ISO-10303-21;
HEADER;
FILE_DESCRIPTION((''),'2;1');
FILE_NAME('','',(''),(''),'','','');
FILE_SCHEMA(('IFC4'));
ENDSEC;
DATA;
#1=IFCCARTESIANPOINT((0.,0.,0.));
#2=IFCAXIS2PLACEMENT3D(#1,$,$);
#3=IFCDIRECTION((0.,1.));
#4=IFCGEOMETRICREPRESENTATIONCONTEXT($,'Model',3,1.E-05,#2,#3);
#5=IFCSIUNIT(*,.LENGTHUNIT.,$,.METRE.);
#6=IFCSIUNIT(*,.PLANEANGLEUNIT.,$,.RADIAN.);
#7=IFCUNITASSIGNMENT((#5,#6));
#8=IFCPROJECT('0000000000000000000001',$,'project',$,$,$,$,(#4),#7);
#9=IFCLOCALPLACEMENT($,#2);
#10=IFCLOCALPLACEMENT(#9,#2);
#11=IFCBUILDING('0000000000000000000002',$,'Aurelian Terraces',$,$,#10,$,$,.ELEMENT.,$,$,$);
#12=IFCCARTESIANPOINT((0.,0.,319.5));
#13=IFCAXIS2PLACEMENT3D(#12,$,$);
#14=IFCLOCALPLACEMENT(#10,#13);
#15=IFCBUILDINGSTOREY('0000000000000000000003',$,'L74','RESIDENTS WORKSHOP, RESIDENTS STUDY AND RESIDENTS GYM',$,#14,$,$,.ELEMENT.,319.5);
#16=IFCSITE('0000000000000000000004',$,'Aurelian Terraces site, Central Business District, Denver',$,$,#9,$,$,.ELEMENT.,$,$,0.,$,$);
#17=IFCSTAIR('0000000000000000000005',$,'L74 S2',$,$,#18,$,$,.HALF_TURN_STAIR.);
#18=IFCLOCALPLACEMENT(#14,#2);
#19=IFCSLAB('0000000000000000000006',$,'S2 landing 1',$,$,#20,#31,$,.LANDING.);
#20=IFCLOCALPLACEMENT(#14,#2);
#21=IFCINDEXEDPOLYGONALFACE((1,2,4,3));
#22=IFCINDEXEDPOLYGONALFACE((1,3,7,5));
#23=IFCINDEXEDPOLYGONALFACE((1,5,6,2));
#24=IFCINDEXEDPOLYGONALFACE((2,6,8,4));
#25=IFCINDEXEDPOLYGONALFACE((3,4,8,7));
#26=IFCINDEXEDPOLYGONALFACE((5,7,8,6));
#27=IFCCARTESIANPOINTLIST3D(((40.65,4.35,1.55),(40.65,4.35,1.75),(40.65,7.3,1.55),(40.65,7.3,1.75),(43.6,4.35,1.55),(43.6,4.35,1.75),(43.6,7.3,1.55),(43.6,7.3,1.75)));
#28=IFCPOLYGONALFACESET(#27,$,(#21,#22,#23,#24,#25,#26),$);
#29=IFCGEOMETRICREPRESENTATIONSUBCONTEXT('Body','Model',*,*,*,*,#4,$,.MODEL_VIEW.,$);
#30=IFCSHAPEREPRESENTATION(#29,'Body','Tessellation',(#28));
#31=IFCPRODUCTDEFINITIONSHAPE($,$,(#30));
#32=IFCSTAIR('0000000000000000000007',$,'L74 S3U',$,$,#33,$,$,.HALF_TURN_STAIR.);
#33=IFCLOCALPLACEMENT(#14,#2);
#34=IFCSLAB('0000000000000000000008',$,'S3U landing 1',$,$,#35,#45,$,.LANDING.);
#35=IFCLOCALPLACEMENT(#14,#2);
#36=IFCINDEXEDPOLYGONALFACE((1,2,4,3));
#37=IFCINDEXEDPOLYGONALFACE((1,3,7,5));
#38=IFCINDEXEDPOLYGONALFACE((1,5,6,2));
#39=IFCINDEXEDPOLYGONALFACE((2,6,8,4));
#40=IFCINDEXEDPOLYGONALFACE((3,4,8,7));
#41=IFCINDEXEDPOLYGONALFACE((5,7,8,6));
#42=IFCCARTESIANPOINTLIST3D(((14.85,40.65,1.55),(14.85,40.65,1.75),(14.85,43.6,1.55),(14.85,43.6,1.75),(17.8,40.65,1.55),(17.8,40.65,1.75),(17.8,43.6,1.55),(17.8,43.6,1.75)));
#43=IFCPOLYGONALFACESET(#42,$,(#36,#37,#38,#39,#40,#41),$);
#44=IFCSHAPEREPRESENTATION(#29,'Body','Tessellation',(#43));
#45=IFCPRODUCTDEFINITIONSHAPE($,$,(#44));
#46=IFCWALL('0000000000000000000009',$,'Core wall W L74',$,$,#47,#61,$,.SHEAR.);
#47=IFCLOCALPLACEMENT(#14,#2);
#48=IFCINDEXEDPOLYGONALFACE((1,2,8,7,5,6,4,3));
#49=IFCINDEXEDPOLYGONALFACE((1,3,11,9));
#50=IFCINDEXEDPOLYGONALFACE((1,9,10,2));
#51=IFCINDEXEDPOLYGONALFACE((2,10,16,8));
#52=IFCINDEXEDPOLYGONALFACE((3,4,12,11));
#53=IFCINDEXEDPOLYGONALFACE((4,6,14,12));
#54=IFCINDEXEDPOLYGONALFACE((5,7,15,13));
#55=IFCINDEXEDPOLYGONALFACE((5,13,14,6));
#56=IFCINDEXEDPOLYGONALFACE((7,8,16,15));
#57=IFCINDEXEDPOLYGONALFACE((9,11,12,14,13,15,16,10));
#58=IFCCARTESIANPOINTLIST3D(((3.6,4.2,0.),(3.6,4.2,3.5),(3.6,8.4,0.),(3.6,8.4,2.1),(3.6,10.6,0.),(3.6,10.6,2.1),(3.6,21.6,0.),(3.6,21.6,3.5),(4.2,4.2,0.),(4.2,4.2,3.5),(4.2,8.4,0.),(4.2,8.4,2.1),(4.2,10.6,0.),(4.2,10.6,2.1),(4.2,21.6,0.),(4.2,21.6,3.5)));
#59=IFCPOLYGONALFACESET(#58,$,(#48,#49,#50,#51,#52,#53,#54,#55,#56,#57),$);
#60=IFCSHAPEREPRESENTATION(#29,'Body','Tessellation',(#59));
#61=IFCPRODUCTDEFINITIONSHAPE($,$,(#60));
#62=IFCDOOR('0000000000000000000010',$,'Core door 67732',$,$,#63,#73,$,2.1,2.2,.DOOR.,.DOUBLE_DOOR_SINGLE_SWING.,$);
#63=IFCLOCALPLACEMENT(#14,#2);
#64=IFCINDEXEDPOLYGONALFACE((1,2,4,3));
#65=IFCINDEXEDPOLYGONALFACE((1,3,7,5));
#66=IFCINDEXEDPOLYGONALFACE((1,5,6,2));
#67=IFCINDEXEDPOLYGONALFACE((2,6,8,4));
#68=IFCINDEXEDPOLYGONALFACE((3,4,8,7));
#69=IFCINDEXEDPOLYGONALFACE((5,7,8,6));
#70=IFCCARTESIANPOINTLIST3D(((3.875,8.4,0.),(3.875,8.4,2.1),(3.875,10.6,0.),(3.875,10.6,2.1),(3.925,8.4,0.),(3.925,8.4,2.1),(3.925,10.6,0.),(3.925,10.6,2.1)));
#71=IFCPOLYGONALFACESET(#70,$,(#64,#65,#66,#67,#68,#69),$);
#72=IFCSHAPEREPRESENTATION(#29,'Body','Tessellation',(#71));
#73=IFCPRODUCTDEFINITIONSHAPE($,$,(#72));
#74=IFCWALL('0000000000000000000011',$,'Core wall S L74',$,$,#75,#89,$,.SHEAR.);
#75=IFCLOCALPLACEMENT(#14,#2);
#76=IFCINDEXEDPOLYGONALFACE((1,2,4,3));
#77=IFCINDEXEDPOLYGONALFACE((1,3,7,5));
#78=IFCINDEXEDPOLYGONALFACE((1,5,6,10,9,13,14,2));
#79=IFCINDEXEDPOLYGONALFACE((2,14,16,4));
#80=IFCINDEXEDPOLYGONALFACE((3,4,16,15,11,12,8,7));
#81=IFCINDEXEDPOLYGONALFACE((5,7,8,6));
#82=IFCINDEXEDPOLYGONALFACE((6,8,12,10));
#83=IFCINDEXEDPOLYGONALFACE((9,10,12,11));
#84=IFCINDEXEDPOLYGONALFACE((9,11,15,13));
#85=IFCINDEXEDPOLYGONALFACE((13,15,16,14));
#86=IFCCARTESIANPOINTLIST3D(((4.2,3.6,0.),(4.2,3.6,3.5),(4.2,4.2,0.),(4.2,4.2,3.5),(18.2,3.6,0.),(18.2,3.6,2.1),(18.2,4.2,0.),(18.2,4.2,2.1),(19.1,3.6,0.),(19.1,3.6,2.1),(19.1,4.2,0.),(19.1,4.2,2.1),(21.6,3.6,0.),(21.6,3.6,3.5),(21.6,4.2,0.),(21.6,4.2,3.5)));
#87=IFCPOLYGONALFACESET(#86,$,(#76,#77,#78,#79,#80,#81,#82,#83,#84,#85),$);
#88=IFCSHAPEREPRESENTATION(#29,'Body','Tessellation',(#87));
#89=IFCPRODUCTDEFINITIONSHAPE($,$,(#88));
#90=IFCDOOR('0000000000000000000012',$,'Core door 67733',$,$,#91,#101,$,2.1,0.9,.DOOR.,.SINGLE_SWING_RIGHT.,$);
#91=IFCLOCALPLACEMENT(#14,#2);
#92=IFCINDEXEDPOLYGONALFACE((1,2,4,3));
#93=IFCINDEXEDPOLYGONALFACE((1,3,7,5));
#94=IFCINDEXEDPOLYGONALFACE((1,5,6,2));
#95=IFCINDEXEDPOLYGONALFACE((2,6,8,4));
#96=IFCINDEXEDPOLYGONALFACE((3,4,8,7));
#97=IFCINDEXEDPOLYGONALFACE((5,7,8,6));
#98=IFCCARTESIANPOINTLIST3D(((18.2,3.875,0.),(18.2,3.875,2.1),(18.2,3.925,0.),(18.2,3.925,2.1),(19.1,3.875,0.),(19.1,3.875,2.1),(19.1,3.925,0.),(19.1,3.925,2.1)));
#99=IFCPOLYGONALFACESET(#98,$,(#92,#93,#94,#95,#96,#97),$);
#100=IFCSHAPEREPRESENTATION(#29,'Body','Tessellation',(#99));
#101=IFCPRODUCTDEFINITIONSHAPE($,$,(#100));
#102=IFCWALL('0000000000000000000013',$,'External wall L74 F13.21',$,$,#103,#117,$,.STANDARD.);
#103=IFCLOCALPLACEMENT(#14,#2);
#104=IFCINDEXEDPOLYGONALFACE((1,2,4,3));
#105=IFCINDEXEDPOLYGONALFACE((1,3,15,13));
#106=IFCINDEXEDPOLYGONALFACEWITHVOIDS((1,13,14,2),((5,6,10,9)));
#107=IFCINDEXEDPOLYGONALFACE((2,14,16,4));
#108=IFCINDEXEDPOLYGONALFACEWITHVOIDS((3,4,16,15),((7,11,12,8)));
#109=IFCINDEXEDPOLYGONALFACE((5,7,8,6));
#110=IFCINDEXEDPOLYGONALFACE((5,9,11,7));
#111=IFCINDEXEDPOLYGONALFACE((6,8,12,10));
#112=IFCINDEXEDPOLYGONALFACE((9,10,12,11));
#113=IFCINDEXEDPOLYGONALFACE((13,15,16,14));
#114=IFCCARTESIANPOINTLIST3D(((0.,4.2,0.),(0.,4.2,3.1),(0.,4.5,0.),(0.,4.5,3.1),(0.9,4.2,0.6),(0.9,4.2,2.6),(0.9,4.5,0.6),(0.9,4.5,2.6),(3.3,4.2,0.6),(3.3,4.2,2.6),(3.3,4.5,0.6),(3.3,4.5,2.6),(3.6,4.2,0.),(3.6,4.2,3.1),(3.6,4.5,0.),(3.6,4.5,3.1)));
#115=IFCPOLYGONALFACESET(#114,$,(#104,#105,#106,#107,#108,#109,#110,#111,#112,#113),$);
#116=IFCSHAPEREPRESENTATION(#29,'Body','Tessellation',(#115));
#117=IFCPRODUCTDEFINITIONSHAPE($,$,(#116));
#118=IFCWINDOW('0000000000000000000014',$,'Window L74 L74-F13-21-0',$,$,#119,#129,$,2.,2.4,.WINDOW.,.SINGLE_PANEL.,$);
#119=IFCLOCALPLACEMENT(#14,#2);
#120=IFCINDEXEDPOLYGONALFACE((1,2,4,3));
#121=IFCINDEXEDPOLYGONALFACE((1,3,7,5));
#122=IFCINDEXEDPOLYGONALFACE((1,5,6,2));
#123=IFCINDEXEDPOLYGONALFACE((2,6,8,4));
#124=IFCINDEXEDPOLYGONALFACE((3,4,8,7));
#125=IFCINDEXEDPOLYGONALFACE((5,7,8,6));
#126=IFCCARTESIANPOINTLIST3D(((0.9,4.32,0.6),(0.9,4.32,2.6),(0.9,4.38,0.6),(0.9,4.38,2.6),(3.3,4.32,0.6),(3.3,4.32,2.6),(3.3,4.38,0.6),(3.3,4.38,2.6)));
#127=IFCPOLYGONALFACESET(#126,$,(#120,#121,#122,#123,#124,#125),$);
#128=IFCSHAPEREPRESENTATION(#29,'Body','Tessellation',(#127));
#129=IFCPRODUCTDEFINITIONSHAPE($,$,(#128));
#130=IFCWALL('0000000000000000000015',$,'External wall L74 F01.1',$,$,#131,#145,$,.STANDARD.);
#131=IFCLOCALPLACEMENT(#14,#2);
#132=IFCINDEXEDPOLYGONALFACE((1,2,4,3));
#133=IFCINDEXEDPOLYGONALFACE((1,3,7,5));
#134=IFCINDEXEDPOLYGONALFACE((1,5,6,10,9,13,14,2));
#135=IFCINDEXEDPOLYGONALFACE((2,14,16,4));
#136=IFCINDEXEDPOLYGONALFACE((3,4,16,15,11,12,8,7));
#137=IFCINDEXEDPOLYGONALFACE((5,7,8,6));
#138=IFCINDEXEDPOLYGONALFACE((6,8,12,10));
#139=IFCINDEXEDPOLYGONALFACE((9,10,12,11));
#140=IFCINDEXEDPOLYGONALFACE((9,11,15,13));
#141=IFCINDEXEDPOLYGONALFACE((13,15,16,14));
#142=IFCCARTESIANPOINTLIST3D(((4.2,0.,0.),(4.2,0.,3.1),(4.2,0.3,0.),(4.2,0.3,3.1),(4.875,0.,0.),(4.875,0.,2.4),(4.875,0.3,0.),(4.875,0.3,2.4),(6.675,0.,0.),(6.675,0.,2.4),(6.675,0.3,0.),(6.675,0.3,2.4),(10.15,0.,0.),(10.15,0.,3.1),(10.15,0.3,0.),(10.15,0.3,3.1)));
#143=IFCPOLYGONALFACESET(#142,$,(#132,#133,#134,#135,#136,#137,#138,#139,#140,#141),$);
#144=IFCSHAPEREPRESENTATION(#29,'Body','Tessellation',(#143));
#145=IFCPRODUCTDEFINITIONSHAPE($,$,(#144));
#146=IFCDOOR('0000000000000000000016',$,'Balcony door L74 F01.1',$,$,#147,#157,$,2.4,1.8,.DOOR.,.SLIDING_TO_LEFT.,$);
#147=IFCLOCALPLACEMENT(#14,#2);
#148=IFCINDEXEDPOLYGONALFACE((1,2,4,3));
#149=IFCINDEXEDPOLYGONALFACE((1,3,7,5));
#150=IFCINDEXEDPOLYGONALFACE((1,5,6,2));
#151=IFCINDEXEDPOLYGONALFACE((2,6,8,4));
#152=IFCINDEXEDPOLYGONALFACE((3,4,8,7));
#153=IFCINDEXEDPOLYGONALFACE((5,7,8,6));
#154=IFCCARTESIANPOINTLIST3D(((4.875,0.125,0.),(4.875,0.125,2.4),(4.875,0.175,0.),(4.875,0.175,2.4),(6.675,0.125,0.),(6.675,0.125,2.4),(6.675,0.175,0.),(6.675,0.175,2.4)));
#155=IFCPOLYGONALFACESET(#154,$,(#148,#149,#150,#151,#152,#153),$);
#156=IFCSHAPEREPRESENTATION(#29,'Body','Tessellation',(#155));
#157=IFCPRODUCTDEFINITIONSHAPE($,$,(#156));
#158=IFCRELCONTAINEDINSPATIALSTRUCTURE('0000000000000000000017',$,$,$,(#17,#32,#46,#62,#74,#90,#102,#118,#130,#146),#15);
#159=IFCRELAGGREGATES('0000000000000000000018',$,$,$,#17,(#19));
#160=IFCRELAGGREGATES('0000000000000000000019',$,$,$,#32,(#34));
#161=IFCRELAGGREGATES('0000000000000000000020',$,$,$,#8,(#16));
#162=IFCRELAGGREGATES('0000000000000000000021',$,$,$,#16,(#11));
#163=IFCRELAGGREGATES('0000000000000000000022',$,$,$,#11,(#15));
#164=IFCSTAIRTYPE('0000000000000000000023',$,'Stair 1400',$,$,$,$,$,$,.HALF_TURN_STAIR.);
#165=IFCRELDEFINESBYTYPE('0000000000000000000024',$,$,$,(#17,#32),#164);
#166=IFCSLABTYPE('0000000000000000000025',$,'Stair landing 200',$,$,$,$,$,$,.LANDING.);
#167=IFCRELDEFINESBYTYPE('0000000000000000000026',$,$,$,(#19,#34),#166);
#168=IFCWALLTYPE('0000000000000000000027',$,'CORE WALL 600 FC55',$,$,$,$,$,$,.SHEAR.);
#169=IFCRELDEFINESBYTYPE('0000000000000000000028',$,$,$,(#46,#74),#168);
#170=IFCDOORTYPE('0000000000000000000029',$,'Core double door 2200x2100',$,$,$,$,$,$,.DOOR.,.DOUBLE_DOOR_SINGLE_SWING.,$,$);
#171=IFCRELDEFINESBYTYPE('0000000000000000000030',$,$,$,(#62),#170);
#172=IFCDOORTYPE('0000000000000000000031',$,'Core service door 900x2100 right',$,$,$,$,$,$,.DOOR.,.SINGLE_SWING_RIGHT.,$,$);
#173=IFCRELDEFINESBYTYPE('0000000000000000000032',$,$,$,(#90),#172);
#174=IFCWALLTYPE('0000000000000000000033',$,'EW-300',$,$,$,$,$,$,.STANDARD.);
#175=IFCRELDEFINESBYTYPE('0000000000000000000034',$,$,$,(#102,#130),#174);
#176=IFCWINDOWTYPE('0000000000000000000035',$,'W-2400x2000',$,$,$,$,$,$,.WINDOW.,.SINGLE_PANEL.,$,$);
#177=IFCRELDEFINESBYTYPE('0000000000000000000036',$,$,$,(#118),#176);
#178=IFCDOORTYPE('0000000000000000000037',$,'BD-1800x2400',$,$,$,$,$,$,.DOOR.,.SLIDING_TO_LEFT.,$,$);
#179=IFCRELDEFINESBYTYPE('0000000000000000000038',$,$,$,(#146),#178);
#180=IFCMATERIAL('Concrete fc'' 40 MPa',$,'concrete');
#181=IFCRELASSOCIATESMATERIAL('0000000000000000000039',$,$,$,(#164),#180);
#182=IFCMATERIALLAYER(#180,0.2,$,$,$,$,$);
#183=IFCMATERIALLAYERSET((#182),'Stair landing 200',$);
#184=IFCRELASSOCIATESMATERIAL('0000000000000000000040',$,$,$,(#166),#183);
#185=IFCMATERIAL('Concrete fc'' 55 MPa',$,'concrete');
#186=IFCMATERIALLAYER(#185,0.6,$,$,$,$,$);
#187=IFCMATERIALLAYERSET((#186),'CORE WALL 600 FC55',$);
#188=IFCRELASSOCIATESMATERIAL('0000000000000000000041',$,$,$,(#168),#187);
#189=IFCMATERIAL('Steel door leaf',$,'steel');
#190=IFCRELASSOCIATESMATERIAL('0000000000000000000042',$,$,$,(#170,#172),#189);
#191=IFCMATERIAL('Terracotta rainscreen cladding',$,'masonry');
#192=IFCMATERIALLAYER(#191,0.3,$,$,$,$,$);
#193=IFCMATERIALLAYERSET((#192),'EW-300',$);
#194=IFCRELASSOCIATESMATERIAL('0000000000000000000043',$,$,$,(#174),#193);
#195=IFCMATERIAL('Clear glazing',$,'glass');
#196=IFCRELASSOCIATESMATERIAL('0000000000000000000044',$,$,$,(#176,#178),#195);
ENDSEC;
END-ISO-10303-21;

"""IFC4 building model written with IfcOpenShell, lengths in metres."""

from ifc_helpers import new_model, si_unit, direction, frame, frame_2d, origin, place, context, subcontext, project, spatial, polyline, rectangle, outline, extrude, source, transform, mapped, material, layer, layer_set, type_object, element, fill, aggregate, save


model = new_model("IFC4")

# Units and contexts
model_context = context("Model", 3, precision=1e-05, world=origin(), true_north=direction((0.0, 1.0)))
body_context = subcontext(model_context, "Body", "Model", "MODEL_VIEW")
ifc_project = project(units=[si_unit("LENGTHUNIT", "METRE"), si_unit("PLANEANGLEUNIT", "RADIAN")], contexts=[model_context])

# Site, building, storey
site_placement = place(None, origin())
site = spatial("IfcSite", under=ifc_project, at=site_placement, Name="Aurelian Terraces site, Central Business District, Denver", CompositionType="ELEMENT", RefElevation=0.0)
building_placement = place(site_placement, origin())
building = spatial("IfcBuilding", under=site, at=building_placement, Name="Aurelian Terraces", CompositionType="ELEMENT")
storey_placement = place(building_placement, frame((0.0, 0.0, 319.5)))
storey = spatial("IfcBuildingStorey", under=building, at=storey_placement, Name="L74", Description="RESIDENTS WORKSHOP, RESIDENTS STUDY AND RESIDENTS GYM", CompositionType="ELEMENT", Elevation=319.5)

# Shared definitions
ifc_material_1 = material(Name="Concrete fc' 55 MPa", Category="concrete")

# Shared definitions
ifc_material_2 = material(Name="Concrete fc' 40 MPa", Category="concrete")

# Stairs, slabs
stair_type = type_object("IfcStairType", Name="Stair 1400", PredefinedType="HALF_TURN_STAIR", material=ifc_material_2)
ifc_layer_1 = layer(ifc_material_2, 0.2)
ifc_layer_set_1 = layer_set([ifc_layer_1], Name="Stair landing 200")
slab_type_1 = type_object("IfcSlabType", Name="Stair landing 200", PredefinedType="LANDING", material=ifc_layer_set_1)
stair_1_placement = place(storey_placement, origin())
stair_1 = element("IfcStair", 1, at=stair_1_placement, inside=storey, type_object=stair_type, Name="L74 S2", PredefinedType="HALF_TURN_STAIR")
shared_shape_1 = source(origin(), body_context, "Body", "SweptSolid", [
    extrude(outline(polyline([(43.6, 4.35), (43.6, 7.3), (40.65, 7.3), (40.65, 4.35), (43.6, 4.35)])), origin(), (0.0, 0.0, 1.0), 0.2),
])
slab_1_placement = place(storey_placement, frame((0.0, 0.0, 1.55)))
slab_1 = element("IfcSlab", 2, at=slab_1_placement, type_object=slab_type_1, Name="S2 landing 1", PredefinedType="LANDING", context=body_context, shape_type="MappedRepresentation", body=[
    mapped(shared_shape_1, transform((0.0, 0.0, 0.0), scale=1.0)),
])
aggregate(stair_1, [slab_1])
stair_2_placement = place(storey_placement, origin())
stair_2 = element("IfcStair", 3, at=stair_2_placement, inside=storey, type_object=stair_type, Name="L74 S3U", PredefinedType="HALF_TURN_STAIR")
shared_shape_2 = source(origin(), body_context, "Body", "SweptSolid", [
    extrude(outline(polyline([(14.85, 40.65), (17.8, 40.65), (17.8, 43.6), (14.85, 43.6), (14.85, 40.65)])), origin(), (0.0, 0.0, 1.0), 0.2),
])
slab_2_placement = place(storey_placement, frame((0.0, 0.0, 1.55)))
slab_2 = element("IfcSlab", 4, at=slab_2_placement, type_object=slab_type_1, Name="S3U landing 1", PredefinedType="LANDING", context=body_context, shape_type="MappedRepresentation", body=[
    mapped(shared_shape_2, transform((0.0, 0.0, 0.0), scale=1.0)),
])
aggregate(stair_2, [slab_2])

# Walls, openings, doors
ifc_layer_2 = layer(ifc_material_1, 0.6)
ifc_layer_set_2 = layer_set([ifc_layer_2], Name="CORE WALL 600 FC55")
wall_type_1 = type_object("IfcWallType", Name="CORE WALL 600 FC55", PredefinedType="SHEAR", material=ifc_layer_set_2)
shared_shape_3 = source(origin(), body_context, "Body", "SweptSolid", [
    extrude(rectangle(XDim=17.4, YDim=0.6, at=frame_2d((8.7, 0.0))), origin(), (0.0, 0.0, 1.0), 3.5),
])
wall_1_placement = place(storey_placement, frame((3.9, 4.2, 0.0), z_axis=(0.0, 0.0, 1.0), x_axis=(0.0, 1.0, 0.0)))
wall_1 = element("IfcWall", 5, at=wall_1_placement, inside=storey, type_object=wall_type_1, Name="Core wall W L74", PredefinedType="SHEAR", context=body_context, shape_type="MappedRepresentation", body=[
    mapped(shared_shape_3, transform((0.0, 0.0, 0.0), scale=1.0)),
])
shared_shape_4 = source(origin(), body_context, "Body", "SweptSolid", [
    extrude(rectangle(XDim=2.2, YDim=2.1, at=frame_2d((1.1, 1.05))), frame((0.0, 0.31, 0.0), z_axis=(0.0, -1.0, 0.0), x_axis=(1.0, 0.0, 0.0)), (0.0, 0.0, 1.0), 0.62),
])
opening_1_placement = place(wall_1_placement, frame((4.2, 0.0, 0.0)))
opening_1 = element("IfcOpeningElement", 6, at=opening_1_placement, cuts=wall_1, PredefinedType="OPENING", context=body_context, shape_type="MappedRepresentation", body=[
    mapped(shared_shape_4, transform((0.0, 0.0, 0.0), scale=1.0)),
])
ifc_material_3 = material(Name="Steel door leaf", Category="steel")
door_type_1 = type_object("IfcDoorType", Name="Core double door 2200x2100", OperationType="DOUBLE_DOOR_SINGLE_SWING", PredefinedType="DOOR", material=ifc_material_3)
shared_shape_5 = source(origin(), body_context, "Body", "SweptSolid", [
    extrude(rectangle(XDim=2.2, YDim=2.1, at=frame_2d((1.1, 1.05))), frame((0.0, 0.025, 0.0), z_axis=(0.0, -1.0, 0.0), x_axis=(1.0, 0.0, 0.0)), (0.0, 0.0, 1.0), 0.05),
])
door_1_placement = place(opening_1_placement, origin())
door_1 = element("IfcDoor", 7, at=door_1_placement, inside=storey, type_object=door_type_1, Name="Core door 67732", OperationType="DOUBLE_DOOR_SINGLE_SWING", OverallHeight=2.1, OverallWidth=2.2, PredefinedType="DOOR", context=body_context, shape_type="MappedRepresentation", body=[
    mapped(shared_shape_5, transform((0.0, 0.0, 0.0), scale=1.0)),
])
fill(opening_1, door_1)
wall_2_placement = place(storey_placement, frame((4.2, 3.9, 0.0), z_axis=(0.0, 0.0, 1.0), x_axis=(1.0, 0.0, 0.0)))
wall_2 = element("IfcWall", 8, at=wall_2_placement, inside=storey, type_object=wall_type_1, Name="Core wall S L74", PredefinedType="SHEAR", context=body_context, shape_type="MappedRepresentation", body=[
    mapped(shared_shape_3, transform((0.0, 0.0, 0.0), scale=1.0)),
])
shared_shape_6 = source(origin(), body_context, "Body", "SweptSolid", [
    extrude(rectangle(XDim=0.9, YDim=2.1, at=frame_2d((0.45, 1.05))), frame((0.0, 0.31, 0.0), z_axis=(0.0, -1.0, 0.0), x_axis=(1.0, 0.0, 0.0)), (0.0, 0.0, 1.0), 0.62),
])
opening_2_placement = place(wall_2_placement, frame((14.0, 0.0, 0.0)))
opening_2 = element("IfcOpeningElement", 9, at=opening_2_placement, cuts=wall_2, PredefinedType="OPENING", context=body_context, shape_type="MappedRepresentation", body=[
    mapped(shared_shape_6, transform((0.0, 0.0, 0.0), scale=1.0)),
])
door_type_2 = type_object("IfcDoorType", Name="Core service door 900x2100 right", OperationType="SINGLE_SWING_RIGHT", PredefinedType="DOOR", material=ifc_material_3)
shared_shape_7 = source(origin(), body_context, "Body", "SweptSolid", [
    extrude(rectangle(XDim=0.9, YDim=2.1, at=frame_2d((0.45, 1.05))), frame((0.0, 0.025, 0.0), z_axis=(0.0, -1.0, 0.0), x_axis=(1.0, 0.0, 0.0)), (0.0, 0.0, 1.0), 0.05),
])
door_2_placement = place(opening_2_placement, origin())
door_2 = element("IfcDoor", 10, at=door_2_placement, inside=storey, type_object=door_type_2, Name="Core door 67733", OperationType="SINGLE_SWING_RIGHT", OverallHeight=2.1, OverallWidth=0.9, PredefinedType="DOOR", context=body_context, shape_type="MappedRepresentation", body=[
    mapped(shared_shape_7, transform((0.0, 0.0, 0.0), scale=1.0)),
])
fill(opening_2, door_2)

# Wall, opening, window
ifc_material_4 = material(Name="Terracotta rainscreen cladding", Category="masonry")
ifc_layer_3 = layer(ifc_material_4, 0.3)
ifc_layer_set_3 = layer_set([ifc_layer_3], Name="EW-300")
wall_type_2 = type_object("IfcWallType", Name="EW-300", PredefinedType="STANDARD", material=ifc_layer_set_3)
shared_shape_8 = source(origin(), body_context, "Body", "SweptSolid", [
    extrude(rectangle(XDim=3.6, YDim=0.3, at=frame_2d((1.8, 0.0))), origin(), (0.0, 0.0, 1.0), 3.1),
])
wall_3_placement = place(storey_placement, frame((0.0, 4.35, 0.0), z_axis=(0.0, 0.0, 1.0), x_axis=(1.0, 0.0, 0.0)))
wall_3 = element("IfcWall", 11, at=wall_3_placement, inside=storey, type_object=wall_type_2, Name="External wall L74 F13.21", PredefinedType="STANDARD", context=body_context, shape_type="MappedRepresentation", body=[
    mapped(shared_shape_8, transform((0.0, 0.0, 0.0), scale=1.0)),
])
shared_shape_9 = source(origin(), body_context, "Body", "SweptSolid", [
    extrude(rectangle(XDim=2.4, YDim=2.0, at=frame_2d((1.2, 1.0))), frame((0.0, 0.16, 0.0), z_axis=(0.0, -1.0, 0.0), x_axis=(1.0, 0.0, 0.0)), (0.0, 0.0, 1.0), 0.32),
])
opening_3_placement = place(wall_3_placement, frame((0.9, 0.0, 0.6)))
opening_3 = element("IfcOpeningElement", 12, at=opening_3_placement, cuts=wall_3, PredefinedType="OPENING", context=body_context, shape_type="MappedRepresentation", body=[
    mapped(shared_shape_9, transform((0.0, 0.0, 0.0), scale=1.0)),
])
ifc_material_5 = material(Name="Clear glazing", Category="glass")
window_type = type_object("IfcWindowType", Name="W-2400x2000", PartitioningType="SINGLE_PANEL", PredefinedType="WINDOW", material=ifc_material_5)
shared_shape_10 = source(origin(), body_context, "Body", "SweptSolid", [
    extrude(rectangle(XDim=2.4, YDim=2.0, at=frame_2d((1.2, 1.0))), frame((0.0, 0.03, 0.0), z_axis=(0.0, -1.0, 0.0), x_axis=(1.0, 0.0, 0.0)), (0.0, 0.0, 1.0), 0.06),
])
window_placement = place(opening_3_placement, origin())
window = element("IfcWindow", 13, at=window_placement, inside=storey, type_object=window_type, Name="Window L74 L74-F13-21-0", OverallHeight=2.0, OverallWidth=2.4, PartitioningType="SINGLE_PANEL", PredefinedType="WINDOW", context=body_context, shape_type="MappedRepresentation", body=[
    mapped(shared_shape_10, transform((0.0, 0.0, 0.0), scale=1.0)),
])
fill(opening_3, window)

# Wall, opening, door
shared_shape_11 = source(origin(), body_context, "Body", "SweptSolid", [
    extrude(rectangle(XDim=5.95, YDim=0.3, at=frame_2d((2.975, 0.0))), origin(), (0.0, 0.0, 1.0), 3.1),
])
wall_4_placement = place(storey_placement, frame((4.2, 0.15, 0.0), z_axis=(0.0, 0.0, 1.0), x_axis=(1.0, 0.0, 0.0)))
wall_4 = element("IfcWall", 14, at=wall_4_placement, inside=storey, type_object=wall_type_2, Name="External wall L74 F01.1", PredefinedType="STANDARD", context=body_context, shape_type="MappedRepresentation", body=[
    mapped(shared_shape_11, transform((0.0, 0.0, 0.0), scale=1.0)),
])
shared_shape_12 = source(origin(), body_context, "Body", "SweptSolid", [
    extrude(rectangle(XDim=1.8, YDim=2.4, at=frame_2d((0.9, 1.2))), frame((0.0, 0.16, 0.0), z_axis=(0.0, -1.0, 0.0), x_axis=(1.0, 0.0, 0.0)), (0.0, 0.0, 1.0), 0.32),
])
opening_4_placement = place(wall_4_placement, frame((0.675, 0.0, 0.0)))
opening_4 = element("IfcOpeningElement", 15, at=opening_4_placement, cuts=wall_4, PredefinedType="OPENING", context=body_context, shape_type="MappedRepresentation", body=[
    mapped(shared_shape_12, transform((0.0, 0.0, 0.0), scale=1.0)),
])
door_type_3 = type_object("IfcDoorType", Name="BD-1800x2400", OperationType="SLIDING_TO_LEFT", PredefinedType="DOOR", material=ifc_material_5)
shared_shape_13 = source(origin(), body_context, "Body", "SweptSolid", [
    extrude(rectangle(XDim=1.8, YDim=2.4, at=frame_2d((0.9, 1.2))), frame((0.0, 0.025, 0.0), z_axis=(0.0, -1.0, 0.0), x_axis=(1.0, 0.0, 0.0)), (0.0, 0.0, 1.0), 0.05),
])
door_3_placement = place(opening_4_placement, origin())
door_3 = element("IfcDoor", 16, at=door_3_placement, inside=storey, type_object=door_type_3, Name="Balcony door L74 F01.1", OperationType="SLIDING_TO_LEFT", OverallHeight=2.4, OverallWidth=1.8, PredefinedType="DOOR", context=body_context, shape_type="MappedRepresentation", body=[
    mapped(shared_shape_13, transform((0.0, 0.0, 0.0), scale=1.0)),
])
fill(opening_4, door_3)

save(model, "model.ifc")
